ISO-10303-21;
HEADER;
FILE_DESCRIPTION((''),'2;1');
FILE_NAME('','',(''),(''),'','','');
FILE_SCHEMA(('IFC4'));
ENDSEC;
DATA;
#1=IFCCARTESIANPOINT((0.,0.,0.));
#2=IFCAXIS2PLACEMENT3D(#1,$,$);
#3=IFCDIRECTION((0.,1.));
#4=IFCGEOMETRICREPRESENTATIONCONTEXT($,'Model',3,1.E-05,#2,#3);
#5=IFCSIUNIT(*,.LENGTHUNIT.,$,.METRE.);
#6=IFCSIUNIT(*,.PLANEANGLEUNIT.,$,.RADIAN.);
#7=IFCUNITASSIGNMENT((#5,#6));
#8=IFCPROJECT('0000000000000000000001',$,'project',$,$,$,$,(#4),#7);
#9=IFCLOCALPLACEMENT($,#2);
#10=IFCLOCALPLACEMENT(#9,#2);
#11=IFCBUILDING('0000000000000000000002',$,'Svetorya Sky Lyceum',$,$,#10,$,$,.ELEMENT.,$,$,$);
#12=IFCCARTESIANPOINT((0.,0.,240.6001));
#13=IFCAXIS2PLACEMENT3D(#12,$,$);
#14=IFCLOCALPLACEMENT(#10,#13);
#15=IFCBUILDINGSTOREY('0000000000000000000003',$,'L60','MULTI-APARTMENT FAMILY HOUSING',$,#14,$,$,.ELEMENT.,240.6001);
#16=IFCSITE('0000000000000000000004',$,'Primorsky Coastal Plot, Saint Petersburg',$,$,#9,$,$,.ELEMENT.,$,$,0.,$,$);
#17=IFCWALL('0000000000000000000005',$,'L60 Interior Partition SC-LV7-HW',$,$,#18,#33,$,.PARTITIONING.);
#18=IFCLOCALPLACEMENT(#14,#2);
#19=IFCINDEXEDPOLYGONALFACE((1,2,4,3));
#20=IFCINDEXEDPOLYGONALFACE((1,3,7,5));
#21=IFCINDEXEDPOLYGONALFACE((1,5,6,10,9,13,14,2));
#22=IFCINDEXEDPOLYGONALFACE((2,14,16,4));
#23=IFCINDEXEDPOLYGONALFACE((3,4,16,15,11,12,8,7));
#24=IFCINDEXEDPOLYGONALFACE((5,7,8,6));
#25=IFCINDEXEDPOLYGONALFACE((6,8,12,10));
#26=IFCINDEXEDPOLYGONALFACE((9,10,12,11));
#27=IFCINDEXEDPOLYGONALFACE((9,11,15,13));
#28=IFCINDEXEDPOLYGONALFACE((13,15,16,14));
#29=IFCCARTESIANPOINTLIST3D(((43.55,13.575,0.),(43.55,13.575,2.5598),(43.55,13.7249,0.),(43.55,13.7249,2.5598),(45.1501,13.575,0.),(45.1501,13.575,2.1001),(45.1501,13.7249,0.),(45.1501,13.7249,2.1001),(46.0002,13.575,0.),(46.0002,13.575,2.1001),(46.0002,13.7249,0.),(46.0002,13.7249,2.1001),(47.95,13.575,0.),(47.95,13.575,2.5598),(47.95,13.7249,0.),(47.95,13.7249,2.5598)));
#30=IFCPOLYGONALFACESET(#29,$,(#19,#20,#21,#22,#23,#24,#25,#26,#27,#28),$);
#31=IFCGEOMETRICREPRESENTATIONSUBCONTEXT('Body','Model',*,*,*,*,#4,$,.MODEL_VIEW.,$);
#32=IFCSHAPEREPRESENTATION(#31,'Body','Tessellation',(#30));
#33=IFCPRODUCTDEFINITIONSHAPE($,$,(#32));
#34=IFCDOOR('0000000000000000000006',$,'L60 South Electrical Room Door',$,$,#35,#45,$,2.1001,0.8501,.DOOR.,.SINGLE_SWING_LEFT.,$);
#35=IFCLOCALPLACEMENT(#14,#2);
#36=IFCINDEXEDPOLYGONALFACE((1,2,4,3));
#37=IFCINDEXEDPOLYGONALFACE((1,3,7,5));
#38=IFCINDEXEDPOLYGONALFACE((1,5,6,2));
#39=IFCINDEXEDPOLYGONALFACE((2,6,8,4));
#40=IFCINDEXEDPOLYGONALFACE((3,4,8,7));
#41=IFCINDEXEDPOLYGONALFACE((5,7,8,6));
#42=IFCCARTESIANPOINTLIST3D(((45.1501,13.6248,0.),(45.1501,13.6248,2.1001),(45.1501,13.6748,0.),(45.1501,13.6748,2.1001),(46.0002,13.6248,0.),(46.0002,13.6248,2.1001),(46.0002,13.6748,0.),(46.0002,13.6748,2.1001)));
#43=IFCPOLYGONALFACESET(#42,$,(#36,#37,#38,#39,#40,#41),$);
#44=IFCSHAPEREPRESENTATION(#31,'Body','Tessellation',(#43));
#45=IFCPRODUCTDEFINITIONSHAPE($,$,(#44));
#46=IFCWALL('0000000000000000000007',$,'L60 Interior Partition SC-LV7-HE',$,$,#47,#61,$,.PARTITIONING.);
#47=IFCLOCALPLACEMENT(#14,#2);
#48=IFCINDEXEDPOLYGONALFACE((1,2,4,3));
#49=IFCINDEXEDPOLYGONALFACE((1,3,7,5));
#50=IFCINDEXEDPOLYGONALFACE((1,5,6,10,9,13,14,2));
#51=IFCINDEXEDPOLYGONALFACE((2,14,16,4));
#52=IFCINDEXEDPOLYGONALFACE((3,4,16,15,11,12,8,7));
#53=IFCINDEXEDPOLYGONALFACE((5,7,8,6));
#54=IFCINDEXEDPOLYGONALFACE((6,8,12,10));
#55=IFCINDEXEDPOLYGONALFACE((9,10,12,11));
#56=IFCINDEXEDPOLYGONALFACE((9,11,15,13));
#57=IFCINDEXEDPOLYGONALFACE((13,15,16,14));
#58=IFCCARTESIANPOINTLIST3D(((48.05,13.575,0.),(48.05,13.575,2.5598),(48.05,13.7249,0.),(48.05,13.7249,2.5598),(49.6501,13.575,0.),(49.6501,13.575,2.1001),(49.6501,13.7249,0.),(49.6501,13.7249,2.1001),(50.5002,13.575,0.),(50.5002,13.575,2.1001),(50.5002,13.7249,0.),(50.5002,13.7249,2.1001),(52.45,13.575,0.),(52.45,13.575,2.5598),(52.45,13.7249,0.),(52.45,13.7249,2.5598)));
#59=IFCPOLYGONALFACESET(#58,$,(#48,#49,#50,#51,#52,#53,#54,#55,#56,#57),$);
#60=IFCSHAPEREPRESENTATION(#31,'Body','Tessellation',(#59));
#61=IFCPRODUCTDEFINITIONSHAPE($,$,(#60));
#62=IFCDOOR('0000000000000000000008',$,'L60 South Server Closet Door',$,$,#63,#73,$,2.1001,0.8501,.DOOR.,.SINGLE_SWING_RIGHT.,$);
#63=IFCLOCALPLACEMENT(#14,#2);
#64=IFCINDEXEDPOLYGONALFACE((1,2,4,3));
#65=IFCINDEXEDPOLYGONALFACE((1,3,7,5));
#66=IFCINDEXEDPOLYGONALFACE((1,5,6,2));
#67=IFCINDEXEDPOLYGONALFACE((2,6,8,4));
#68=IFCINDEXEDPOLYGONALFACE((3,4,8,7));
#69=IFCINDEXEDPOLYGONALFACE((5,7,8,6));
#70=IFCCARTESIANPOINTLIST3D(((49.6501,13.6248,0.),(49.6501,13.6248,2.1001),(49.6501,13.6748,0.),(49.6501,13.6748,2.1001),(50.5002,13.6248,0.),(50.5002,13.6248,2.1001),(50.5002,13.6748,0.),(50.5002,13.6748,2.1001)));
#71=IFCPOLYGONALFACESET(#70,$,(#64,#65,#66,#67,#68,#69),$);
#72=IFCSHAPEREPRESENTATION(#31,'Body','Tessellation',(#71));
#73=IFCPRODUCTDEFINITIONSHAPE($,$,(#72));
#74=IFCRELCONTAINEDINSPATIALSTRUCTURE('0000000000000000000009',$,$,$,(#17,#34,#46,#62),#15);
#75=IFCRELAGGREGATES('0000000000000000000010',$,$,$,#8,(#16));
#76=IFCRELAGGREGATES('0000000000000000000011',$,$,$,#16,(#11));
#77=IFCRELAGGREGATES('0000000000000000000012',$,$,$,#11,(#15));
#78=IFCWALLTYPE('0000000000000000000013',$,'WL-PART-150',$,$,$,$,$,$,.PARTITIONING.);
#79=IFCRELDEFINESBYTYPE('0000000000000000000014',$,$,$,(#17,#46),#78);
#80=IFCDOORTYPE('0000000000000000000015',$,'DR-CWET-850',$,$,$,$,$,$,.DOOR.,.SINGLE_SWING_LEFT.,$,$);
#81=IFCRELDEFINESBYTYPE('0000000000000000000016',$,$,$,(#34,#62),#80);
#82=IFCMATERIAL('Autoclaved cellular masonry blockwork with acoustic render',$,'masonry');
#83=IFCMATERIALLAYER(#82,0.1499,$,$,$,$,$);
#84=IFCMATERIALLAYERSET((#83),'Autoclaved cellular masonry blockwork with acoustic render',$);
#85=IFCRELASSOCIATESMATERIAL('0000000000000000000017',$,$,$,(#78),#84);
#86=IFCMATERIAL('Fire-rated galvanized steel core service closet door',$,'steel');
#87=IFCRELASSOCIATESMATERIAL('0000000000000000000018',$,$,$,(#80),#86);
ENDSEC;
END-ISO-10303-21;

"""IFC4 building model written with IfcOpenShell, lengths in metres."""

from ifc_helpers import new_model, si_unit, direction, frame, frame_2d, origin, place, context, subcontext, project, spatial, rectangle, extrude, material, layer, layer_set, type_object, element, fill, save


model = new_model("IFC4")

# Units and contexts
model_context = context("Model", 3, precision=1e-05, world=origin(), true_north=direction((0.0, 1.0)))
body_context = subcontext(model_context, "Body", "Model", "MODEL_VIEW")
ifc_project = project(units=[si_unit("LENGTHUNIT", "METRE"), si_unit("PLANEANGLEUNIT", "RADIAN")], contexts=[model_context])

# Site, building, storey
site_placement = place(None, origin())
site = spatial("IfcSite", under=ifc_project, at=site_placement, Name="Primorsky Coastal Plot, Saint Petersburg", CompositionType="ELEMENT", RefElevation=0.0)
building_placement = place(site_placement, origin())
building = spatial("IfcBuilding", under=site, at=building_placement, Name="Svetorya Sky Lyceum", CompositionType="ELEMENT")
storey_placement = place(building_placement, frame((0.0, 0.0, 240.6001)))
storey = spatial("IfcBuildingStorey", under=building, at=storey_placement, Name="L60", Description="MULTI-APARTMENT FAMILY HOUSING", CompositionType="ELEMENT", Elevation=240.6001)

# Shared definitions
ifc_material_1 = material(Name="Autoclaved cellular masonry blockwork with acoustic render", Category="masonry")
ifc_layer_1 = layer(ifc_material_1, 0.1499)
ifc_layer_set_1 = layer_set([ifc_layer_1], Name="Autoclaved cellular masonry blockwork with acoustic render")
wall_type_1 = type_object("IfcWallType", Name="WL-PART-150", PredefinedType="PARTITIONING", material=ifc_layer_set_1)

# Walls, openings, doors
wall_1_placement = place(storey_placement, frame((43.55, 13.6499, 0.0), z_axis=(0.0, 0.0, 1.0), x_axis=(1.0, 0.0, 0.0)))
wall_1 = element("IfcWall", 1, at=wall_1_placement, inside=storey, type_object=wall_type_1, Name="L60 Interior Partition SC-LV7-HW", PredefinedType="PARTITIONING", context=body_context, shape_type="SweptSolid", body=[
    extrude(rectangle(XDim=4.3999, YDim=0.1499, at=frame_2d((2.2, 0.0))), origin(), (0.0, 0.0, 1.0), 2.5598),
])
opening_1_placement = place(wall_1_placement, frame((1.6001, 0.0, 0.0)))
opening_1 = element("IfcOpeningElement", 2, at=opening_1_placement, cuts=wall_1, PredefinedType="OPENING", context=body_context, shape_type="SweptSolid", body=[
    extrude(rectangle(XDim=0.8501, YDim=2.1001, at=frame_2d((0.425, 1.05))), frame((0.0, 0.085, 0.0), z_axis=(0.0, -1.0, 0.0), x_axis=(1.0, 0.0, 0.0)), (0.0, 0.0, 1.0), 0.1699),
])
ifc_material_2 = material(Name="Fire-rated galvanized steel core service closet door", Category="steel")
door_type_1 = type_object("IfcDoorType", Name="DR-CWET-850", OperationType="SINGLE_SWING_LEFT", PredefinedType="DOOR", material=ifc_material_2)
door_1_placement = place(opening_1_placement, origin())
door_1 = element("IfcDoor", 3, at=door_1_placement, inside=storey, type_object=door_type_1, Name="L60 South Electrical Room Door", OperationType="SINGLE_SWING_LEFT", OverallHeight=2.1001, OverallWidth=0.8501, PredefinedType="DOOR", context=body_context, shape_type="SweptSolid", body=[
    extrude(rectangle(XDim=0.8501, YDim=2.1001, at=frame_2d((0.425, 1.05))), frame((0.0, 0.0249, 0.0), z_axis=(0.0, -1.0, 0.0), x_axis=(1.0, 0.0, 0.0)), (0.0, 0.0, 1.0), 0.05),
])
fill(opening_1, door_1)
wall_2_placement = place(storey_placement, frame((48.05, 13.6499, 0.0), z_axis=(0.0, 0.0, 1.0), x_axis=(1.0, 0.0, 0.0)))
wall_2 = element("IfcWall", 4, at=wall_2_placement, inside=storey, type_object=wall_type_1, Name="L60 Interior Partition SC-LV7-HE", PredefinedType="PARTITIONING", context=body_context, shape_type="SweptSolid", body=[
    extrude(rectangle(XDim=4.3999, YDim=0.1499, at=frame_2d((2.2, 0.0))), origin(), (0.0, 0.0, 1.0), 2.5598),
])
opening_2_placement = place(wall_2_placement, frame((1.6001, 0.0, 0.0)))
opening_2 = element("IfcOpeningElement", 5, at=opening_2_placement, cuts=wall_2, PredefinedType="OPENING", context=body_context, shape_type="SweptSolid", body=[
    extrude(rectangle(XDim=0.8501, YDim=2.1001, at=frame_2d((0.425, 1.05))), frame((0.0, 0.085, 0.0), z_axis=(0.0, -1.0, 0.0), x_axis=(1.0, 0.0, 0.0)), (0.0, 0.0, 1.0), 0.1699),
])
door_2_placement = place(opening_2_placement, origin())
door_2 = element("IfcDoor", 6, at=door_2_placement, inside=storey, type_object=door_type_1, Name="L60 South Server Closet Door", OperationType="SINGLE_SWING_RIGHT", OverallHeight=2.1001, OverallWidth=0.8501, PredefinedType="DOOR", context=body_context, shape_type="SweptSolid", body=[
    extrude(rectangle(XDim=0.8501, YDim=2.1001, at=frame_2d((0.425, 1.05))), frame((0.0, 0.0249, 0.0), z_axis=(0.0, -1.0, 0.0), x_axis=(1.0, 0.0, 0.0)), (0.0, 0.0, 1.0), 0.05),
])
fill(opening_2, door_2)

save(model, "model.ifc")
